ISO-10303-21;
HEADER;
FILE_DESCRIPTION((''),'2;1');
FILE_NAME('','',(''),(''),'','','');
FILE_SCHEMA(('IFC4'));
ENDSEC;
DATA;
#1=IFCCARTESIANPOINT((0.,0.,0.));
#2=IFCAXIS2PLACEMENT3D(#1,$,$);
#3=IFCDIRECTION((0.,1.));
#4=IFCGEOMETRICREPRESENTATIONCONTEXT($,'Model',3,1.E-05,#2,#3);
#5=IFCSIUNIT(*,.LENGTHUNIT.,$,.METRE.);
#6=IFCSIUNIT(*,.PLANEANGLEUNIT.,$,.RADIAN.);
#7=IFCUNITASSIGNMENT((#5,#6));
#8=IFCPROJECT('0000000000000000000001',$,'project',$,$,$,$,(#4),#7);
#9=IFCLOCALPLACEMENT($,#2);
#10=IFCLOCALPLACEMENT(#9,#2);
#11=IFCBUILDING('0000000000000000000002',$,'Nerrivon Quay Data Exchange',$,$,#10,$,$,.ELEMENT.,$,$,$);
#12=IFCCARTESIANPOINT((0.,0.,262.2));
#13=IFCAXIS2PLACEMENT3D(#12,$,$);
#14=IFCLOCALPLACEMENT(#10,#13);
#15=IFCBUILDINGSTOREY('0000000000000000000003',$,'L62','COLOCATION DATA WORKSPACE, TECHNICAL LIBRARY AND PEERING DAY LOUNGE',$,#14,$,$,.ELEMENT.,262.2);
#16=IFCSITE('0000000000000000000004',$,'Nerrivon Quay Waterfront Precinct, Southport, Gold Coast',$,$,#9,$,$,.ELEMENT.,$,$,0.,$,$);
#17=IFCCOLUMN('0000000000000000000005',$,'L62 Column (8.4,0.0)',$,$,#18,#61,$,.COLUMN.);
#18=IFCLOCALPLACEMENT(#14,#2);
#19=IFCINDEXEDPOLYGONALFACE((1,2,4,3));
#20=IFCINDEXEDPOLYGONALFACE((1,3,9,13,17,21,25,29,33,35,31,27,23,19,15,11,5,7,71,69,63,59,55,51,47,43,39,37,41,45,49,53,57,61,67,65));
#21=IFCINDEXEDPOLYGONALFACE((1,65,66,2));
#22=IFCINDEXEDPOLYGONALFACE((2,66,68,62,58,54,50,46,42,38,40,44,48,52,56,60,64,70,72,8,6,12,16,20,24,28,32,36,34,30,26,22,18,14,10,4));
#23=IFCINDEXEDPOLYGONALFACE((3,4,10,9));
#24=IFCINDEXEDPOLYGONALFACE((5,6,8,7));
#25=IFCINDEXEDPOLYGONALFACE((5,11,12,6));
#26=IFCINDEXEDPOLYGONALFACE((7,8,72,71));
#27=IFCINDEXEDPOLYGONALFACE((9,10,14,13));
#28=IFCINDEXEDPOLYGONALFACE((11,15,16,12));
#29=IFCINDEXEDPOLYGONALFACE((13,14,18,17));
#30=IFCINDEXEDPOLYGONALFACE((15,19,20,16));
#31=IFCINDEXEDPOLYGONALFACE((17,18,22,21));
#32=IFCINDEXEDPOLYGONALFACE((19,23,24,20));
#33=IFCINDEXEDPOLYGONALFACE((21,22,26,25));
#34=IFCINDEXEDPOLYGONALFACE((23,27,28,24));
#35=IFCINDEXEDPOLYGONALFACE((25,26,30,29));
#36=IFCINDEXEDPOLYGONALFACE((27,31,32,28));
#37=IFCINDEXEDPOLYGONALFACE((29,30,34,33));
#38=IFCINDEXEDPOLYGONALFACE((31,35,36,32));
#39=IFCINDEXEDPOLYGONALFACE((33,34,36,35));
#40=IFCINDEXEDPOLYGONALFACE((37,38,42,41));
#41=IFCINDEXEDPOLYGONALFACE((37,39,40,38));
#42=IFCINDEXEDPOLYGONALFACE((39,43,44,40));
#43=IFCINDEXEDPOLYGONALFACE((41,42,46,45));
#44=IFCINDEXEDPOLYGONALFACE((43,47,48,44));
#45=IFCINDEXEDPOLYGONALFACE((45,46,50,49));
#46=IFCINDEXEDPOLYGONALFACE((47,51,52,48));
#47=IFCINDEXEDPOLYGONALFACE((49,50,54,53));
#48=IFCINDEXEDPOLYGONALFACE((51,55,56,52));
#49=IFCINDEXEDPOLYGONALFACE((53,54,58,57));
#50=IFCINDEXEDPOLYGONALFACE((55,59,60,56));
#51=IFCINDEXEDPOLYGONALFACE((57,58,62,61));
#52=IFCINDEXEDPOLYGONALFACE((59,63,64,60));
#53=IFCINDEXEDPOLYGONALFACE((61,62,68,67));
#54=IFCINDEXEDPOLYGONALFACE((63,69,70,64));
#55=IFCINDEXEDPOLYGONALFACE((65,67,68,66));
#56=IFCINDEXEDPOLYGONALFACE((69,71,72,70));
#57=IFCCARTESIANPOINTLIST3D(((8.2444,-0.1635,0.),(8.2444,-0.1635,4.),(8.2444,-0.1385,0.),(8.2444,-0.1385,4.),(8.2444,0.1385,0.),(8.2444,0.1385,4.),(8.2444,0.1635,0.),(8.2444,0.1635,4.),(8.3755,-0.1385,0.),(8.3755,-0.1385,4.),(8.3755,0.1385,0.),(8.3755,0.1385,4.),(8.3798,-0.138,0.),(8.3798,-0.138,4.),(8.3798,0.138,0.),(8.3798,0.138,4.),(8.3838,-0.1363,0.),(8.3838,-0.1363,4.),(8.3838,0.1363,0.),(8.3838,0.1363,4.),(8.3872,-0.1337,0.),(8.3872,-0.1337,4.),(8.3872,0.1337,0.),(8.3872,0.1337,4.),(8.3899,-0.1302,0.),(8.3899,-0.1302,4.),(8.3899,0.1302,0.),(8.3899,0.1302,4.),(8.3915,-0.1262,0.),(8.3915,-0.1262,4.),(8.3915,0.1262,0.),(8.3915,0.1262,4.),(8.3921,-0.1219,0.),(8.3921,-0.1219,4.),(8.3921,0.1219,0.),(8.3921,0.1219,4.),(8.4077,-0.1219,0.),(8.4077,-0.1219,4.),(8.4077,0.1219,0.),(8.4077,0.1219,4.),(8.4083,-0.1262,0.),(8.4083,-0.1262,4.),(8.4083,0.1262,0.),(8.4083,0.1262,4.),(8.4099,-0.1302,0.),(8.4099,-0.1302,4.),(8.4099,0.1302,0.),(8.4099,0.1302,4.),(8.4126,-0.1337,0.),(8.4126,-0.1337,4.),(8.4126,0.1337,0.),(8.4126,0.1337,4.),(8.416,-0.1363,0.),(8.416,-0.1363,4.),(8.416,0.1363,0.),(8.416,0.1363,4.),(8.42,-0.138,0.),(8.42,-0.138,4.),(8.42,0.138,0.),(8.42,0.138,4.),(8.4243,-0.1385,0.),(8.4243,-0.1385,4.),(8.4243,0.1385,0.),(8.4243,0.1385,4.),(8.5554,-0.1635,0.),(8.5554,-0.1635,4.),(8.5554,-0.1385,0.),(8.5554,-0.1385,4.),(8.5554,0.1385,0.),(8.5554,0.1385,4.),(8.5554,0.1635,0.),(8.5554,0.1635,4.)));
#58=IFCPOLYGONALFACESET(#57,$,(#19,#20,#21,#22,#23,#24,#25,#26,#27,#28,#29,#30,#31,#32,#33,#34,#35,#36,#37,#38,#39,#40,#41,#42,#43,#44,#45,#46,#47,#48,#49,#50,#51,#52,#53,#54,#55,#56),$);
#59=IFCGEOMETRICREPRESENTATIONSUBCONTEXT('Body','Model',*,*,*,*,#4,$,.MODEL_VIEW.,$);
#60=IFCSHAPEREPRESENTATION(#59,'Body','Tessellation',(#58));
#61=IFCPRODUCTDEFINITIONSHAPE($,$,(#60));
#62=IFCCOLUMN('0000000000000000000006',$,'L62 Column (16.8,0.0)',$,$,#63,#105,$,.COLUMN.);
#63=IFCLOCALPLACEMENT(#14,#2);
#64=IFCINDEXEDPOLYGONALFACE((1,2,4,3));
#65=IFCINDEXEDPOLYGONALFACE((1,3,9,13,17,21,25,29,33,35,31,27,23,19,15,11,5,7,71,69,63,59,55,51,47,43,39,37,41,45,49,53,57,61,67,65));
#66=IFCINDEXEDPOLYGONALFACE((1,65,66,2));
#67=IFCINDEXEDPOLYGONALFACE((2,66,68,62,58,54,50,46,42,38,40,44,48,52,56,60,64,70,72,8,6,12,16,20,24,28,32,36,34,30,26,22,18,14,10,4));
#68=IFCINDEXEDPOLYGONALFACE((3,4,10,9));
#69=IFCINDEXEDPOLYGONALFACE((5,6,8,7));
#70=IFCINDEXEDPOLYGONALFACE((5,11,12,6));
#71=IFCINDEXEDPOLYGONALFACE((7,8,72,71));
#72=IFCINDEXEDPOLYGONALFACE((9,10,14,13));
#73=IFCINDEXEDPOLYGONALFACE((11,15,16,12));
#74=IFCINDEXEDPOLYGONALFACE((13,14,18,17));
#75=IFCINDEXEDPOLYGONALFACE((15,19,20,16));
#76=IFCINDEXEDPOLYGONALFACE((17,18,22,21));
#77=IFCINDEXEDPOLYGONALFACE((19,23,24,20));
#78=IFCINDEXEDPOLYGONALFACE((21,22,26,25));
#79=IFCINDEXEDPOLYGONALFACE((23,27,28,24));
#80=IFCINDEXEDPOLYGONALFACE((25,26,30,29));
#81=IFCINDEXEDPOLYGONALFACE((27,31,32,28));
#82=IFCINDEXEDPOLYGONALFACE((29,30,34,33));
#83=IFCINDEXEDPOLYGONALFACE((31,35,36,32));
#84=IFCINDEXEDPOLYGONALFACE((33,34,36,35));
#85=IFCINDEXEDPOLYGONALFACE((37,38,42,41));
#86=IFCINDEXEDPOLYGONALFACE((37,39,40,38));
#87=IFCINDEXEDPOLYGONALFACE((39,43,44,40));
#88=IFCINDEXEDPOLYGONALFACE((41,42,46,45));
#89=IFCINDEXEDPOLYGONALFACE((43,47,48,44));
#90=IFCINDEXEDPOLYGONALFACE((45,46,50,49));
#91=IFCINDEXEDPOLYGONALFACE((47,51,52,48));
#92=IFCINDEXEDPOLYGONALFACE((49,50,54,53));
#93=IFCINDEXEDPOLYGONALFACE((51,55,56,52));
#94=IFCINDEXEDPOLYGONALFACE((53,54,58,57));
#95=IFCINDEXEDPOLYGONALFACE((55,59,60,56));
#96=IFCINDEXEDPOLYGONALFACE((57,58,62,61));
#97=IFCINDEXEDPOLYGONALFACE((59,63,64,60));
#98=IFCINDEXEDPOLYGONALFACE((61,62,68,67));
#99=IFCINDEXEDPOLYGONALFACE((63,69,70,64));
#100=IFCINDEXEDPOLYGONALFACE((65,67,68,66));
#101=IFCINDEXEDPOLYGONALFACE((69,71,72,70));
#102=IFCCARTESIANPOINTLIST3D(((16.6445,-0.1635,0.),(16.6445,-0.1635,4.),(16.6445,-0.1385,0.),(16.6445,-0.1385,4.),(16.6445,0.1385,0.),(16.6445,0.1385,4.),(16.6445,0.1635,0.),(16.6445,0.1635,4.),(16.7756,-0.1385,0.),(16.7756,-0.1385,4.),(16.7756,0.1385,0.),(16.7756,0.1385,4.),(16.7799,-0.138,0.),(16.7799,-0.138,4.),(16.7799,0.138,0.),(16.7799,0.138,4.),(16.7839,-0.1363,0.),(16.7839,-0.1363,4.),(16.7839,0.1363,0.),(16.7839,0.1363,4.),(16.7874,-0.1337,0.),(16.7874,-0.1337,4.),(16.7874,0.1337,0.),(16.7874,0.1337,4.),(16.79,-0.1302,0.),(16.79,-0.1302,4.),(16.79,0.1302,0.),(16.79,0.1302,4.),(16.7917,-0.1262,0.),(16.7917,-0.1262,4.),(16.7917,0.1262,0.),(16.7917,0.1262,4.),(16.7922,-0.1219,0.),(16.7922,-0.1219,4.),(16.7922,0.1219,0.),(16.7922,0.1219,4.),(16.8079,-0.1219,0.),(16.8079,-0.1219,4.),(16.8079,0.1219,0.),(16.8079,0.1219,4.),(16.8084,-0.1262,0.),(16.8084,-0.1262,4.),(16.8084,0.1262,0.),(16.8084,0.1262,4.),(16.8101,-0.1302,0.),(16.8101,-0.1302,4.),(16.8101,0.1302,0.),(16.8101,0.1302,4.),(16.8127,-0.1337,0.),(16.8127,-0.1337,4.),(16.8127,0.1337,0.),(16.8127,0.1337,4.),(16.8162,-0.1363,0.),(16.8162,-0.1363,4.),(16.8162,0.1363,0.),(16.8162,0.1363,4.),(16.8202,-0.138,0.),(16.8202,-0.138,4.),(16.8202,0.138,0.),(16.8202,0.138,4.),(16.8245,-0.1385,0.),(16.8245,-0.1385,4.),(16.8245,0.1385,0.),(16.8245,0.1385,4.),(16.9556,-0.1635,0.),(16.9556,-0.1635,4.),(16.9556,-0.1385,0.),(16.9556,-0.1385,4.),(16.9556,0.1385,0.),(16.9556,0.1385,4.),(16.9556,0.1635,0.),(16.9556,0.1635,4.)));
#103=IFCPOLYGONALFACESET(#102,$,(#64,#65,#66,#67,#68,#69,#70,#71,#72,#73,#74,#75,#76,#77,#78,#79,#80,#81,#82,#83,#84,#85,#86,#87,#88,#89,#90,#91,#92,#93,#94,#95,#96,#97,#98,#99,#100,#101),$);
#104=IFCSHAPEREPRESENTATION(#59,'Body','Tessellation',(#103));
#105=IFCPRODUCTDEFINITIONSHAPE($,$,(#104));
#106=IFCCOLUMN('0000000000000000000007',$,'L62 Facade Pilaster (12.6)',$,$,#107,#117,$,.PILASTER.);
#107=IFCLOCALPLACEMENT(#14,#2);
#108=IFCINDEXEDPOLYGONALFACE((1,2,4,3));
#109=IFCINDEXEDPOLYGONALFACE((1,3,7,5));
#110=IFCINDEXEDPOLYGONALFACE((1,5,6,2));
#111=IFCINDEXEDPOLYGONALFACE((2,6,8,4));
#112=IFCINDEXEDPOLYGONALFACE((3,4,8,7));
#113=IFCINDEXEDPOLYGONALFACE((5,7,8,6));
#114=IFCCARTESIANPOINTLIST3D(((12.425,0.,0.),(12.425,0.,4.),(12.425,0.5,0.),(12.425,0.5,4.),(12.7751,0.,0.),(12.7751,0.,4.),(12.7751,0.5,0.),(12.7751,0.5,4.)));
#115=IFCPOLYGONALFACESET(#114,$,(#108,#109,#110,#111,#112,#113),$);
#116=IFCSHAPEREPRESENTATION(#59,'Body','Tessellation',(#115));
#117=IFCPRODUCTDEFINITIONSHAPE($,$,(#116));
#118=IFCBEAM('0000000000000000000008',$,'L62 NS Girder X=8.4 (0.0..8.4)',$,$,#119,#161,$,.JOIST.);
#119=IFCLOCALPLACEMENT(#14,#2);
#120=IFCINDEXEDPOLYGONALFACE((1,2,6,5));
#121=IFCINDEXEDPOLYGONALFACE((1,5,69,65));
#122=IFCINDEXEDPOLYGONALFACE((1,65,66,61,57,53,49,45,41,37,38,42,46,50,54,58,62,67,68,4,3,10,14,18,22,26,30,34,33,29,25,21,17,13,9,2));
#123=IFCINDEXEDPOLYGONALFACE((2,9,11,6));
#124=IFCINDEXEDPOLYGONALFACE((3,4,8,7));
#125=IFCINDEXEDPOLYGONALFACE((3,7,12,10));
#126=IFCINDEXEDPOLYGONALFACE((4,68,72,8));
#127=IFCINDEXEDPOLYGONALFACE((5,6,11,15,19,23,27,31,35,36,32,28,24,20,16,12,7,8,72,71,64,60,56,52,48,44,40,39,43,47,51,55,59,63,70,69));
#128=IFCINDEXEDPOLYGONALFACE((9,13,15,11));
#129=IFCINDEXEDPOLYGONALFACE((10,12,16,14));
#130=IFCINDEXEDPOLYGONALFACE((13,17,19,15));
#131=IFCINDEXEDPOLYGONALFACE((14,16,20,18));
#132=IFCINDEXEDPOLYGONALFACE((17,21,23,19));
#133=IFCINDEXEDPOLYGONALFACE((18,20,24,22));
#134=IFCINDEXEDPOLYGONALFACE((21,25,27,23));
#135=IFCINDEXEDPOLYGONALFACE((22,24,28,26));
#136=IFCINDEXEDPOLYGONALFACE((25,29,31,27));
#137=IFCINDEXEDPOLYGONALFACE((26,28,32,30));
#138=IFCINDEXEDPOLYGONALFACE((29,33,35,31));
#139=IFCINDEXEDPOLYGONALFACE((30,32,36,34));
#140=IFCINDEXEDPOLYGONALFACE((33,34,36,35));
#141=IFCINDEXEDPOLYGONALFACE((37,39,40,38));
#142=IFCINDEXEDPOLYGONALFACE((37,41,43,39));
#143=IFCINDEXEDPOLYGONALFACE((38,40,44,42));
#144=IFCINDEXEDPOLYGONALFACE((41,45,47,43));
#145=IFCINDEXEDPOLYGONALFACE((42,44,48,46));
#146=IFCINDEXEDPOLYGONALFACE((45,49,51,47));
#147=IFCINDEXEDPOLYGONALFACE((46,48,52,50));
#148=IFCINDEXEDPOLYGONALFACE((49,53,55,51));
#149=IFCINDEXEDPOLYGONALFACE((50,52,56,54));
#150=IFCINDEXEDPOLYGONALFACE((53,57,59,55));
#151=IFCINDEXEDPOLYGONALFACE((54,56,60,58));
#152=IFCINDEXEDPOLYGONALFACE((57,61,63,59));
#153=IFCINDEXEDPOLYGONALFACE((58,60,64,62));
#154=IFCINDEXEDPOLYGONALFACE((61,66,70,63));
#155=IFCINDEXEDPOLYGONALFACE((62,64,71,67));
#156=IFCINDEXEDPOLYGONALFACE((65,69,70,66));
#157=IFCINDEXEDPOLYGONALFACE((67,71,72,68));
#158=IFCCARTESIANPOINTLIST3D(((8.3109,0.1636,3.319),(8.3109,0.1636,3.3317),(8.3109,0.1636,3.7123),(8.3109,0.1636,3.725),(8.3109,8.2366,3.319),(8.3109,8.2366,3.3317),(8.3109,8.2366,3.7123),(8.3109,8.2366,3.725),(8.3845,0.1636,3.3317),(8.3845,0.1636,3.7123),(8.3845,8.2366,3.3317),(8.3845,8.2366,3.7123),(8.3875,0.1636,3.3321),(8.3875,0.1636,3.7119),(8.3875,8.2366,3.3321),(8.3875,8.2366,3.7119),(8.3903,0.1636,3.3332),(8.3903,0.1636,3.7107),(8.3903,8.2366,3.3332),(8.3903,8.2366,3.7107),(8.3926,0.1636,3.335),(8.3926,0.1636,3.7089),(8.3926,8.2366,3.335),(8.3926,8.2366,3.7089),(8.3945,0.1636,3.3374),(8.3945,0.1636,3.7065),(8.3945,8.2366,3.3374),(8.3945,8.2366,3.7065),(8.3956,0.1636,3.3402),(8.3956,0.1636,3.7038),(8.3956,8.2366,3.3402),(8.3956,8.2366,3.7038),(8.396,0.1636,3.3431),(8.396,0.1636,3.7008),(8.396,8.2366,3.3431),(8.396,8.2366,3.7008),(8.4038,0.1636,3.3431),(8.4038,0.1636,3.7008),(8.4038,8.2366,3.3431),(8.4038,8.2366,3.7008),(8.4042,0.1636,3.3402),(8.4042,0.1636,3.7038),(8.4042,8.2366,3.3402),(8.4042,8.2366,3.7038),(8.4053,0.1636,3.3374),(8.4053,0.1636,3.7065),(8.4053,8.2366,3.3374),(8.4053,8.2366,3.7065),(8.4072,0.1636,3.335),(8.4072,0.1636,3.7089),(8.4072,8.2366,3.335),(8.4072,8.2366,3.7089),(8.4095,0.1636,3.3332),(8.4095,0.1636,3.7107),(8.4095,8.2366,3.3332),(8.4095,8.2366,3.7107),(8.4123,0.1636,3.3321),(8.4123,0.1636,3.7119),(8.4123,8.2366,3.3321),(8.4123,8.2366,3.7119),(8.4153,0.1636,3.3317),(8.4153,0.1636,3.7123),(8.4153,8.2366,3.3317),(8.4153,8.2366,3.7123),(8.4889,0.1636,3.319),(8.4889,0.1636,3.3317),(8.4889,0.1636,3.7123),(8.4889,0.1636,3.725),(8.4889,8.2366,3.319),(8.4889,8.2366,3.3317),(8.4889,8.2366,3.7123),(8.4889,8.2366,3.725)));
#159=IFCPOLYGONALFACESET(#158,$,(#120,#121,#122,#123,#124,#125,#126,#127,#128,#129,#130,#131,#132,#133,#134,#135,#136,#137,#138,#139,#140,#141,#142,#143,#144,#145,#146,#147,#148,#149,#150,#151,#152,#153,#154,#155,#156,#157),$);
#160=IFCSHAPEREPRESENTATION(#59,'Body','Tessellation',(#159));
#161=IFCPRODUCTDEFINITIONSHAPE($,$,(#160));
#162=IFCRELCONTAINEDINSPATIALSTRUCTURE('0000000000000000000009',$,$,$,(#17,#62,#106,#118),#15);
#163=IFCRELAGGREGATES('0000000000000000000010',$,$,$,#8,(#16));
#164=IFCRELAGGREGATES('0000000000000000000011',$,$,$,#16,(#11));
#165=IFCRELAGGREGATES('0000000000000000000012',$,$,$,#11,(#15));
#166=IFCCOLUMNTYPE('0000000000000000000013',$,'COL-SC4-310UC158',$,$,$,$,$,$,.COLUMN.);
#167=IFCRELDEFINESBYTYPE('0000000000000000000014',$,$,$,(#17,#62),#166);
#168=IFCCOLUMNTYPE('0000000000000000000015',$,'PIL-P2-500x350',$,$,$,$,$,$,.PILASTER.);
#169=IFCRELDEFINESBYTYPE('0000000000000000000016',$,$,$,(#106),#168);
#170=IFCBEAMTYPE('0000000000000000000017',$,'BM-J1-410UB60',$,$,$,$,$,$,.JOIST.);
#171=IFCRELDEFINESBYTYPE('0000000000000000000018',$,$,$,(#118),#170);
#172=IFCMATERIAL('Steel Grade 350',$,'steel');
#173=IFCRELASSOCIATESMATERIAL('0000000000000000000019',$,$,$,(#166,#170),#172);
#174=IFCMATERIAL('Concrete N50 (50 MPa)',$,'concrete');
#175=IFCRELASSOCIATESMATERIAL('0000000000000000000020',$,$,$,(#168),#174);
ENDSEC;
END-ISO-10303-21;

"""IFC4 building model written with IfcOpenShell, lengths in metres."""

from ifc_helpers import new_model, si_unit, direction, frame, origin, origin_2d, place, context, subcontext, project, spatial, rectangle, i_section, extrude, material, material_profile, profile_set, type_object, element, save


model = new_model("IFC4")

# Units and contexts
model_context = context("Model", 3, precision=1e-05, world=origin(), true_north=direction((0.0, 1.0)))
body_context = subcontext(model_context, "Body", "Model", "MODEL_VIEW")
ifc_project = project(units=[si_unit("LENGTHUNIT", "METRE"), si_unit("PLANEANGLEUNIT", "RADIAN")], contexts=[model_context])

# Site, building, storey
site_placement = place(None, origin())
site = spatial("IfcSite", under=ifc_project, at=site_placement, Name="Nerrivon Quay Waterfront Precinct, Southport, Gold Coast", CompositionType="ELEMENT", RefElevation=0.0)
building_placement = place(site_placement, origin())
building = spatial("IfcBuilding", under=site, at=building_placement, Name="Nerrivon Quay Data Exchange", CompositionType="ELEMENT")
storey_placement = place(building_placement, frame((0.0, 0.0, 262.2)))
storey = spatial("IfcBuildingStorey", under=building, at=storey_placement, Name="L62", Description="COLOCATION DATA WORKSPACE, TECHNICAL LIBRARY AND PEERING DAY LOUNGE", CompositionType="ELEMENT", Elevation=262.2)

# Columns
ifc_material_1 = material(Name="Steel Grade 350", Category="steel")
ifc_material_profile_1 = material_profile(ifc_material_1, i_section(OverallWidth=0.311, OverallDepth=0.3269, WebThickness=0.0156, FlangeThickness=0.0249, FilletRadius=0.0166, at=origin_2d()), Name="310UC158")
ifc_profile_set_1 = profile_set([ifc_material_profile_1], Name="Steel Grade 350")
column_type_1 = type_object("IfcColumnType", Name="COL-SC4-310UC158", PredefinedType="COLUMN", material=ifc_profile_set_1)
for number, where, z_axis, x_axis, name in (
    (1, (8.3999, 0.0, 0.0), (0.0, 0.0, 1.0), (1.0, 0.0, 0.0), "L62 Column (8.4,0.0)"),
    (2, (16.8, 0.0, 0.0), (0.0, 0.0, 1.0), (1.0, 0.0, 0.0), "L62 Column (16.8,0.0)"),
):
    element("IfcColumn", number, at=place(storey_placement, frame(where, z_axis=z_axis, x_axis=x_axis)), inside=storey, type_object=column_type_1, Name=name, PredefinedType="COLUMN", context=body_context, shape_type="SweptSolid", body=[
        extrude(i_section(OverallWidth=0.311, OverallDepth=0.3269, WebThickness=0.0156, FlangeThickness=0.0249, FilletRadius=0.0166, at=origin_2d()), origin(), (0.0, 0.0, 1.0), 4.0),
    ])
ifc_material_2 = material(Name="Concrete N50 (50 MPa)", Category="concrete")
ifc_material_profile_2 = material_profile(ifc_material_2, rectangle(XDim=0.3501, YDim=0.5, at=origin_2d()), Name="RC-PIL-500x350")
ifc_profile_set_2 = profile_set([ifc_material_profile_2], Name="Concrete N50 (50 MPa)")
column_type_2 = type_object("IfcColumnType", Name="PIL-P2-500x350", PredefinedType="PILASTER", material=ifc_profile_set_2)
column_placement = place(storey_placement, frame((12.6001, 0.25, 0.0), z_axis=(0.0, 0.0, 1.0), x_axis=(1.0, 0.0, 0.0)))
element("IfcColumn", 3, at=column_placement, inside=storey, type_object=column_type_2, Name="L62 Facade Pilaster (12.6)", PredefinedType="PILASTER", context=body_context, shape_type="SweptSolid", body=[
    extrude(rectangle(XDim=0.3501, YDim=0.5, at=origin_2d()), origin(), (0.0, 0.0, 1.0), 4.0),
])

# Beam
ifc_material_profile_3 = material_profile(ifc_material_1, i_section(OverallWidth=0.178, OverallDepth=0.406, WebThickness=0.0078, FlangeThickness=0.0127, FilletRadius=0.0115, at=origin_2d()), Name="410UB59.7")
ifc_profile_set_3 = profile_set([ifc_material_profile_3], Name="Steel Grade 350")
beam_type_1 = type_object("IfcBeamType", Name="BM-J1-410UB60", PredefinedType="JOIST", material=ifc_profile_set_3)
beam_1_placement = place(storey_placement, frame((8.3999, 0.1636, 3.522), z_axis=(0.0, 1.0, 0.0), x_axis=(-1.0, 0.0, 0.0)))
element("IfcBeam", 4, at=beam_1_placement, inside=storey, type_object=beam_type_1, Name="L62 NS Girder X=8.4 (0.0..8.4)", PredefinedType="JOIST", context=body_context, shape_type="SweptSolid", body=[
    extrude(i_section(OverallWidth=0.178, OverallDepth=0.406, WebThickness=0.0078, FlangeThickness=0.0127, FilletRadius=0.0115, at=origin_2d()), origin(), (0.0, 0.0, 1.0), 8.073),
])

save(model, "model.ifc")
